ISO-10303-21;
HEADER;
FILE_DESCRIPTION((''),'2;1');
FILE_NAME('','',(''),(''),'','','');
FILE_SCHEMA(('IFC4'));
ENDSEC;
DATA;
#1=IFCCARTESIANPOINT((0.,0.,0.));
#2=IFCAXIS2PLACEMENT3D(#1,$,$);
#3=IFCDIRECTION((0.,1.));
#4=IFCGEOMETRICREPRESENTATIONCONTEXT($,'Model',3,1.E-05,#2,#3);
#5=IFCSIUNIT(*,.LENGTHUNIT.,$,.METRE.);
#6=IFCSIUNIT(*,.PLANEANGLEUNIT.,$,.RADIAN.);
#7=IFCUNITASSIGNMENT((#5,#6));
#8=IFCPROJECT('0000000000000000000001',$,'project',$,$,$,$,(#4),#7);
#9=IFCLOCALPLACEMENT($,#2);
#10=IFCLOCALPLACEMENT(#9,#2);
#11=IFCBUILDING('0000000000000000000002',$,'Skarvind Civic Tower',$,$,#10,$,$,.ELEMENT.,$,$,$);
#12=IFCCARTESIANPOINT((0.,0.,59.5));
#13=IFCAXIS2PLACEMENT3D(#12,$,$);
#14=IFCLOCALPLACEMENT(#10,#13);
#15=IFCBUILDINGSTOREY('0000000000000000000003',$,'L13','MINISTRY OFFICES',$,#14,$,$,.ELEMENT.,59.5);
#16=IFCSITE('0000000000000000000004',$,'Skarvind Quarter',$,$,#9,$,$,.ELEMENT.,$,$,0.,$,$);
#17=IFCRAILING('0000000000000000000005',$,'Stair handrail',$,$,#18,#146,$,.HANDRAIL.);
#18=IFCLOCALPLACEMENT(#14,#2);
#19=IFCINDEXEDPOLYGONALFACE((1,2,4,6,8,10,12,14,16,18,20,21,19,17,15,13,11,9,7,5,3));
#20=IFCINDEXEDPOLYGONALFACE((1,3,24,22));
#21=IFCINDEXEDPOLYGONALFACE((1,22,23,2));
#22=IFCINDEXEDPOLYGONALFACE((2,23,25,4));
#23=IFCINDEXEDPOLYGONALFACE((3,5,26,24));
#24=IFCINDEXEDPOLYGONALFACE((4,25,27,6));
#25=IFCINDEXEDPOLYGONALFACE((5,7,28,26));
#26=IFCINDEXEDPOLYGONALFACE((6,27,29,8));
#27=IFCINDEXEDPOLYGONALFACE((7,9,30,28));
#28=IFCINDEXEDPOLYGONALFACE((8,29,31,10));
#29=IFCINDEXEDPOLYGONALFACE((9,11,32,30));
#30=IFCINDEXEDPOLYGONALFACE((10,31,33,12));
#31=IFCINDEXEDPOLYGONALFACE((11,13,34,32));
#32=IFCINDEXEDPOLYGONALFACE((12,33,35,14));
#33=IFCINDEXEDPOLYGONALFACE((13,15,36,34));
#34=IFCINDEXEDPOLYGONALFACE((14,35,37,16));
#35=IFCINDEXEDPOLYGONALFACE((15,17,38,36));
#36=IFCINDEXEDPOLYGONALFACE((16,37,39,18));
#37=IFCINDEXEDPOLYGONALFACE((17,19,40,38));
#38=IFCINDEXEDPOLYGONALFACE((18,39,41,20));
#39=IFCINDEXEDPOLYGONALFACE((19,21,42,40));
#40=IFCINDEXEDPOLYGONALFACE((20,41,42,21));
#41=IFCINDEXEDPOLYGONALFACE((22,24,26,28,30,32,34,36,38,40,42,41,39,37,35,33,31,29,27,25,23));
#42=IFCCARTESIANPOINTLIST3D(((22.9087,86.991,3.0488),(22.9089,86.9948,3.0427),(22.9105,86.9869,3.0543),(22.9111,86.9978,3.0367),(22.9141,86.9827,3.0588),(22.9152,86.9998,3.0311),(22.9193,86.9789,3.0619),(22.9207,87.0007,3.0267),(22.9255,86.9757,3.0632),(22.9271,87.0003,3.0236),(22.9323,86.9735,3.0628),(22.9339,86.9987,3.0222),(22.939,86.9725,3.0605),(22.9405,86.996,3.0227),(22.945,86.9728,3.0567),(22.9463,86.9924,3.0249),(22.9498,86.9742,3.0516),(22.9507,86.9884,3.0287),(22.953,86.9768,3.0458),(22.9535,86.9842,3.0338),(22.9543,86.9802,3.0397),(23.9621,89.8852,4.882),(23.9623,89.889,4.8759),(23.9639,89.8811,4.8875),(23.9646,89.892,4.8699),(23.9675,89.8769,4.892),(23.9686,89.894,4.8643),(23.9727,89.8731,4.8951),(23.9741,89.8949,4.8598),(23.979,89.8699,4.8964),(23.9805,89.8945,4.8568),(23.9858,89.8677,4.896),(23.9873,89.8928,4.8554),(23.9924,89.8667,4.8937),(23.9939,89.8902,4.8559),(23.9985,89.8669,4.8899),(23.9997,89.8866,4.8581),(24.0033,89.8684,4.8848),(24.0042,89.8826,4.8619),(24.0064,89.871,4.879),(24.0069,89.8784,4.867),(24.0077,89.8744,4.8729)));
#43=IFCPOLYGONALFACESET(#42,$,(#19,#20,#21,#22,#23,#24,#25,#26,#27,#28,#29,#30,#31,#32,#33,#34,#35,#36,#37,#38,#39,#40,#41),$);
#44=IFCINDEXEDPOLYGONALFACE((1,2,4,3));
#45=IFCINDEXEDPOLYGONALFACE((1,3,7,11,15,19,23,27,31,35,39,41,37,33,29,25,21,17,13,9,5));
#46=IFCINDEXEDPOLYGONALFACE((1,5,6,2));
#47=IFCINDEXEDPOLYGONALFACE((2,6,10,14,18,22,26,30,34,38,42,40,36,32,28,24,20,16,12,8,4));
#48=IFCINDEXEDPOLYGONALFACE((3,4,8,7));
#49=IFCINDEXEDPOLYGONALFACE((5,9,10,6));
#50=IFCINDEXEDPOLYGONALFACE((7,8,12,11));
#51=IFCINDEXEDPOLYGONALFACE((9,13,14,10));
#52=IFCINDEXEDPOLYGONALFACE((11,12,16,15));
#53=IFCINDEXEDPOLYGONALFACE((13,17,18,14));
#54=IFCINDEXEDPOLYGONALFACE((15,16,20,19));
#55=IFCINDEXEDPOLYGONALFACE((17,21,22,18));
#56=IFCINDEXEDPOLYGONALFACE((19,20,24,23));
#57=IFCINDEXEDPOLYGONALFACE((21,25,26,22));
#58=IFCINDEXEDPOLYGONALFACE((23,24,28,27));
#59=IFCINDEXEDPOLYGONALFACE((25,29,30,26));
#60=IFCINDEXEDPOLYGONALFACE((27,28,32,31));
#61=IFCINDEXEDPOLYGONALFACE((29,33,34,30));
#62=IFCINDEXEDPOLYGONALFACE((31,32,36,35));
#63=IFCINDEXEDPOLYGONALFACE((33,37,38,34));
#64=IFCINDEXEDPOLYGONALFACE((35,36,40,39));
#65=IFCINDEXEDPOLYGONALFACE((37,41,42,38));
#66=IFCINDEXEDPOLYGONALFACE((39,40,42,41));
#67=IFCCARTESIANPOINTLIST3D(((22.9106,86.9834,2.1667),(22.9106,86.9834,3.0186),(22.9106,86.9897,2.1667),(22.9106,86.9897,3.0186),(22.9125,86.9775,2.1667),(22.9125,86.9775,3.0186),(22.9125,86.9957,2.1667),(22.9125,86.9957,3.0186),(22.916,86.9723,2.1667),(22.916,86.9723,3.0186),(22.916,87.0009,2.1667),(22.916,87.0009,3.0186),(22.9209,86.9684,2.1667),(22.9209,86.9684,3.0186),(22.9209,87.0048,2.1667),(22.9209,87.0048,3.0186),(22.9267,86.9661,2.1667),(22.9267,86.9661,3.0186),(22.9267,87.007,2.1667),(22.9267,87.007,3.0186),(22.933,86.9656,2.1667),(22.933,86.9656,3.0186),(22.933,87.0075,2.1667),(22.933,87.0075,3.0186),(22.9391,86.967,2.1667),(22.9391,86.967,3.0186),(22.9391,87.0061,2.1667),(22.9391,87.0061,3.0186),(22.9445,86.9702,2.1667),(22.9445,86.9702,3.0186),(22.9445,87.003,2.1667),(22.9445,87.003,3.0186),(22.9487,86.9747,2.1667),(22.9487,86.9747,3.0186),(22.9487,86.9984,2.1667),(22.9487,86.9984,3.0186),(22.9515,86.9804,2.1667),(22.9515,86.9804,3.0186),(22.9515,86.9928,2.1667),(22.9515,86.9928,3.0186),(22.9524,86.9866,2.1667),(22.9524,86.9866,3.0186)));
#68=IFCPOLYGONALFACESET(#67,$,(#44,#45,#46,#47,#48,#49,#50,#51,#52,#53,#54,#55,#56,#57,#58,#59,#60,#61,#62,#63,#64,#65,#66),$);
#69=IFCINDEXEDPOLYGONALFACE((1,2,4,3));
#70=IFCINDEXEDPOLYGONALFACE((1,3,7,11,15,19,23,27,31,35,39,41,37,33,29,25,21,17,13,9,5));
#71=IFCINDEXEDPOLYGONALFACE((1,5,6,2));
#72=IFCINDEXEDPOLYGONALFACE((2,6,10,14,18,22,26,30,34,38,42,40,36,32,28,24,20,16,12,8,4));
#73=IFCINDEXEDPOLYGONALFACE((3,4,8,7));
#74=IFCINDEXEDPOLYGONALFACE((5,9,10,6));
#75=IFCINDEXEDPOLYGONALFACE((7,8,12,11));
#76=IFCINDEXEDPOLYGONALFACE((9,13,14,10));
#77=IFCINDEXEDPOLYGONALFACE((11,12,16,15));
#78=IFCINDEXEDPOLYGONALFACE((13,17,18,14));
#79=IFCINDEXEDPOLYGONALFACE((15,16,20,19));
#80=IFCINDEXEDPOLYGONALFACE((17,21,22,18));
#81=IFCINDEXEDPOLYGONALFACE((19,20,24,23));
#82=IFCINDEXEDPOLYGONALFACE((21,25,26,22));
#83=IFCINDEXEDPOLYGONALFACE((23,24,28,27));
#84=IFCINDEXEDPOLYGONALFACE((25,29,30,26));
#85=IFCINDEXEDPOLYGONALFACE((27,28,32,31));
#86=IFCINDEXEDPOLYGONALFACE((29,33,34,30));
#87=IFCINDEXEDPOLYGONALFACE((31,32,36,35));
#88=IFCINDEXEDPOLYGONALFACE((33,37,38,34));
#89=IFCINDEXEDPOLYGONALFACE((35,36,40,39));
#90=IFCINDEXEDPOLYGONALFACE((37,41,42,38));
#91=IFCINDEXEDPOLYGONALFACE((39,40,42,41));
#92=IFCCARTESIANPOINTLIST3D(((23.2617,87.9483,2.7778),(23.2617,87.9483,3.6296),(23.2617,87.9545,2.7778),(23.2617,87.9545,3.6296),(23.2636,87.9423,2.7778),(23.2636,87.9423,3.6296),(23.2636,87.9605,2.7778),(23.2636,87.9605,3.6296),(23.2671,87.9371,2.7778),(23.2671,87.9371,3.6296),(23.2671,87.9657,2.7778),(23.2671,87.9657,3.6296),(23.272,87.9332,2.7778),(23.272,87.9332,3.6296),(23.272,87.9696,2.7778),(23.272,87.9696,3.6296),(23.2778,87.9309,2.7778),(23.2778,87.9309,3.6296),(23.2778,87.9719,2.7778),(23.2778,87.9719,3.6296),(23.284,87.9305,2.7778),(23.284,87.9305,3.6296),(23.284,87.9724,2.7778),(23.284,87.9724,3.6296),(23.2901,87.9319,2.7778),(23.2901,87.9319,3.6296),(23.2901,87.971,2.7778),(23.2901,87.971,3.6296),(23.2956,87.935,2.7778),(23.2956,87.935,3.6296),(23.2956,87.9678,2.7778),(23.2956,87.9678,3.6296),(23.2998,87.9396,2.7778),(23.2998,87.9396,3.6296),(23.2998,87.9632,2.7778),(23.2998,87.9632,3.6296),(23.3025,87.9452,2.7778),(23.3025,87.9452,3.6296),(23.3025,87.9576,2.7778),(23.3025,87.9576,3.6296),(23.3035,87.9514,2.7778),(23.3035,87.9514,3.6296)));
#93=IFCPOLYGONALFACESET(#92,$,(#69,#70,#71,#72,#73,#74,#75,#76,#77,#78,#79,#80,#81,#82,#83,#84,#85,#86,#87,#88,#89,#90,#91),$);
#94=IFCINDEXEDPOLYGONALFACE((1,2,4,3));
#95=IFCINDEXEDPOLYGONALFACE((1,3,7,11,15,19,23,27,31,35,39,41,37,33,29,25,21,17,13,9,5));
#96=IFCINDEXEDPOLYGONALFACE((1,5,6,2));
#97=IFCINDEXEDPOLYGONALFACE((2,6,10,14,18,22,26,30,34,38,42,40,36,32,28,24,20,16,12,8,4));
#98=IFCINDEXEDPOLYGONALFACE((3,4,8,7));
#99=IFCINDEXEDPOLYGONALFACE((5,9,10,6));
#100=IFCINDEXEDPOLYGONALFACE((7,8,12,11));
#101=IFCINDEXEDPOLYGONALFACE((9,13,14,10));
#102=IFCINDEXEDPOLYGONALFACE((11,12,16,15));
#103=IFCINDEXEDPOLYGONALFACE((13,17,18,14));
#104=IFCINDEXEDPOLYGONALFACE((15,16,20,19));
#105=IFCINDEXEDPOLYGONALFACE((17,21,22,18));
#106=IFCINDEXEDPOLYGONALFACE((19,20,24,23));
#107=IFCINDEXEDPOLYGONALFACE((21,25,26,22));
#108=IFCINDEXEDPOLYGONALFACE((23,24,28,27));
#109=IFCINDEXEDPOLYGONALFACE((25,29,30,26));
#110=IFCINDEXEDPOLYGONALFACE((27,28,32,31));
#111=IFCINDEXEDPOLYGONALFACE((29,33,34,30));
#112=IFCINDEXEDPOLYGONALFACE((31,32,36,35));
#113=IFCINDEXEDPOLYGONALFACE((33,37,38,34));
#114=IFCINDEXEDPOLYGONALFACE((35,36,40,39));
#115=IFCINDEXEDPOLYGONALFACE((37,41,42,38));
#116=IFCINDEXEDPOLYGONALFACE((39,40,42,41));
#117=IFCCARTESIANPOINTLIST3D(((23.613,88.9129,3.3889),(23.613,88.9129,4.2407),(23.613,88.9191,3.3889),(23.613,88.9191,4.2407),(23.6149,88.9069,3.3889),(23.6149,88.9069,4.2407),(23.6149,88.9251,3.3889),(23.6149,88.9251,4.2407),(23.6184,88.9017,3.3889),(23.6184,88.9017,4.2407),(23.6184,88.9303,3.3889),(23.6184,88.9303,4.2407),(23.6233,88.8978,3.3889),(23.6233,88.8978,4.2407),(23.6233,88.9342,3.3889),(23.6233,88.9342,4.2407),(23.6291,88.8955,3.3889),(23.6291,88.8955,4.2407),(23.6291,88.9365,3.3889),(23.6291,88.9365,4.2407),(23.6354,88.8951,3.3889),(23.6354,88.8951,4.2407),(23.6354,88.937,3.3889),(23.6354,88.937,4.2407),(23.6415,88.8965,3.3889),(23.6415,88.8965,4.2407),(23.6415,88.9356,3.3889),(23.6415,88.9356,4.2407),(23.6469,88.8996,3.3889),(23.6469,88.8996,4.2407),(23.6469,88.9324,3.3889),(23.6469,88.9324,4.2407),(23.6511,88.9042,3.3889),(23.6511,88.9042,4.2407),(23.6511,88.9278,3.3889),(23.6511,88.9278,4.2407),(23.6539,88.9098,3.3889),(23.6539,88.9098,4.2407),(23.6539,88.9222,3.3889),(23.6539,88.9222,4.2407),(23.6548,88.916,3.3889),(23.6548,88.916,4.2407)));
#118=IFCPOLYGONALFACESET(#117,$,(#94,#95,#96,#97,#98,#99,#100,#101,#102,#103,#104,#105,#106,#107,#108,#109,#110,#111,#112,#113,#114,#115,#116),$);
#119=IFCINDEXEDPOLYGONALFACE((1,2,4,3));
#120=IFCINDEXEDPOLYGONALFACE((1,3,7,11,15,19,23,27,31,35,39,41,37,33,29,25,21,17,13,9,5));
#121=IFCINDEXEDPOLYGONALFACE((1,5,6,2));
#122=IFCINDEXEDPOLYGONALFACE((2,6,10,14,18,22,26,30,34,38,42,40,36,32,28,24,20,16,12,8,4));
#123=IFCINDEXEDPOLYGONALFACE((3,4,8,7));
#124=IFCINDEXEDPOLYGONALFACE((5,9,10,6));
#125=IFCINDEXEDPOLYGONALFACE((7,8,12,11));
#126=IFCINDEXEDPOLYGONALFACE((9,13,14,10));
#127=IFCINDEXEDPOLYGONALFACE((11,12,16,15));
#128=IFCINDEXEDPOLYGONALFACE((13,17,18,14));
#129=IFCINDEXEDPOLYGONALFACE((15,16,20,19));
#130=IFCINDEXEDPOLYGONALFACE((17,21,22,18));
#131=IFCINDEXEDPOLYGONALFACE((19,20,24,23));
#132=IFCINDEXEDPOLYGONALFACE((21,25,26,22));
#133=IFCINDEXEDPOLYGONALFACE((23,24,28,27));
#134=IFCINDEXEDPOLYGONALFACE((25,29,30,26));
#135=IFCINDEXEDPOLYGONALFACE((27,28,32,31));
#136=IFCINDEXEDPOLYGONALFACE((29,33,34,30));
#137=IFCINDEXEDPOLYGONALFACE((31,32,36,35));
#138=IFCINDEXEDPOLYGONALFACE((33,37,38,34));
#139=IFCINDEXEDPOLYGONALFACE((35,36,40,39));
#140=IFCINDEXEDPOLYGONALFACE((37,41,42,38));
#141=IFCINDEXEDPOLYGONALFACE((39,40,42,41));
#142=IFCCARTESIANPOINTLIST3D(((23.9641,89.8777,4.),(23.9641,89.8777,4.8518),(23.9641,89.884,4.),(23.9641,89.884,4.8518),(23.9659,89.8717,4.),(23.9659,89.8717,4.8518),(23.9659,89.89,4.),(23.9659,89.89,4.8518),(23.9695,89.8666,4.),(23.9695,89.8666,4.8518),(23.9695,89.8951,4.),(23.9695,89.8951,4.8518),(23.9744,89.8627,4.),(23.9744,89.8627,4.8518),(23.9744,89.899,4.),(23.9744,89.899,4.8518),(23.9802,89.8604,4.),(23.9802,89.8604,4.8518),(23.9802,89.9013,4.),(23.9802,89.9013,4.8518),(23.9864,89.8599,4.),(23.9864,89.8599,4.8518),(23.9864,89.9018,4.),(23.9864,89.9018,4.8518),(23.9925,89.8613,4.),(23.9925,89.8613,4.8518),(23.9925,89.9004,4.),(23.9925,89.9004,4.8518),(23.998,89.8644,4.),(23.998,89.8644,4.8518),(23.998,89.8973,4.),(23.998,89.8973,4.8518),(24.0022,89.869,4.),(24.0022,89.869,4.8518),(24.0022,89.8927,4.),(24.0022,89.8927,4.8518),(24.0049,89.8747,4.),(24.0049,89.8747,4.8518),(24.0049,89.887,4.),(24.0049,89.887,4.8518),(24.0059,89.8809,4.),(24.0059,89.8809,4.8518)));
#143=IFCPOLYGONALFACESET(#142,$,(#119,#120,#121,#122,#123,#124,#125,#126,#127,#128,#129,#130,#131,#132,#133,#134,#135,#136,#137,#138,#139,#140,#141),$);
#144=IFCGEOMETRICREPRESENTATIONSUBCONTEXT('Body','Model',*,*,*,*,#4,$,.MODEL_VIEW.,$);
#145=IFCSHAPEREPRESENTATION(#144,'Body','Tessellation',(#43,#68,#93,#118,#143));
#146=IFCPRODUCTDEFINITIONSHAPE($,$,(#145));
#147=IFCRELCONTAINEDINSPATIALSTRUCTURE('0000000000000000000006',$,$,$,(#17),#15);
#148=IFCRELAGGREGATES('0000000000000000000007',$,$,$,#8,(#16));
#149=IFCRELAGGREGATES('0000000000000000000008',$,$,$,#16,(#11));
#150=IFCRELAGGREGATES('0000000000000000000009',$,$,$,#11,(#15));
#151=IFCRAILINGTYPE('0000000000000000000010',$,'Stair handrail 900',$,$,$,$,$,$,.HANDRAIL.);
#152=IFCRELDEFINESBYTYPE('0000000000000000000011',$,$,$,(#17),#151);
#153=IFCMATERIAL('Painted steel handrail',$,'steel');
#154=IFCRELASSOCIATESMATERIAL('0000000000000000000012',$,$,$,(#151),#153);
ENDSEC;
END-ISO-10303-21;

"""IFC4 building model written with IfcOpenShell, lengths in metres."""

from ifc_helpers import new_model, si_unit, direction, frame, origin, origin_2d, place, context, subcontext, project, spatial, circle, extrude, material, type_object, element, save


model = new_model("IFC4")

# Units and contexts
model_context = context("Model", 3, precision=1e-05, world=origin(), true_north=direction((0.0, 1.0)))
body_context = subcontext(model_context, "Body", "Model", "MODEL_VIEW")
ifc_project = project(units=[si_unit("LENGTHUNIT", "METRE"), si_unit("PLANEANGLEUNIT", "RADIAN")], contexts=[model_context])

# Site, building, storey
site_placement = place(None, origin())
site = spatial("IfcSite", under=ifc_project, at=site_placement, Name="Skarvind Quarter", CompositionType="ELEMENT", RefElevation=0.0)
building_placement = place(site_placement, origin())
building = spatial("IfcBuilding", under=site, at=building_placement, Name="Skarvind Civic Tower", CompositionType="ELEMENT")
storey_placement = place(building_placement, frame((0.0, 0.0, 59.5)))
storey = spatial("IfcBuildingStorey", under=building, at=storey_placement, Name="L13", Description="MINISTRY OFFICES", CompositionType="ELEMENT", Elevation=59.5)

# Railing
ifc_material_1 = material(Name="Painted steel handrail", Category="steel")
railing_type = type_object("IfcRailingType", Name="Stair handrail 900", PredefinedType="HANDRAIL", material=ifc_material_1)
railing_1_placement = place(storey_placement, frame((22.9314, 86.9866, 2.1667)))
element("IfcRailing", 1, at=railing_1_placement, inside=storey, type_object=railing_type, Name="Stair handrail", PredefinedType="HANDRAIL", context=body_context, shape_type="SweptSolid", body=[
    extrude(circle(Radius=0.0239, at=origin_2d()), frame((0.0, 0.0, 0.876), z_axis=(0.293908, 0.807481, 0.511461), x_axis=(-0.939689, 0.342029, 0.0)), (0.0, 0.0, 1.0), 3.5842),
    extrude(circle(Radius=0.021, at=origin_2d()), origin(), (0.0, 0.0, 1.0), 0.8518),
    extrude(circle(Radius=0.021, at=origin_2d()), frame((0.3511, 0.9648, 0.6111)), (0.0, 0.0, 1.0), 0.8518),
    extrude(circle(Radius=0.021, at=origin_2d()), frame((0.7024, 1.9294, 1.2222)), (0.0, 0.0, 1.0), 0.8518),
    extrude(circle(Radius=0.021, at=origin_2d()), frame((1.0535, 2.8943, 1.8333)), (0.0, 0.0, 1.0), 0.8518),
])

save(model, "model.ifc")
